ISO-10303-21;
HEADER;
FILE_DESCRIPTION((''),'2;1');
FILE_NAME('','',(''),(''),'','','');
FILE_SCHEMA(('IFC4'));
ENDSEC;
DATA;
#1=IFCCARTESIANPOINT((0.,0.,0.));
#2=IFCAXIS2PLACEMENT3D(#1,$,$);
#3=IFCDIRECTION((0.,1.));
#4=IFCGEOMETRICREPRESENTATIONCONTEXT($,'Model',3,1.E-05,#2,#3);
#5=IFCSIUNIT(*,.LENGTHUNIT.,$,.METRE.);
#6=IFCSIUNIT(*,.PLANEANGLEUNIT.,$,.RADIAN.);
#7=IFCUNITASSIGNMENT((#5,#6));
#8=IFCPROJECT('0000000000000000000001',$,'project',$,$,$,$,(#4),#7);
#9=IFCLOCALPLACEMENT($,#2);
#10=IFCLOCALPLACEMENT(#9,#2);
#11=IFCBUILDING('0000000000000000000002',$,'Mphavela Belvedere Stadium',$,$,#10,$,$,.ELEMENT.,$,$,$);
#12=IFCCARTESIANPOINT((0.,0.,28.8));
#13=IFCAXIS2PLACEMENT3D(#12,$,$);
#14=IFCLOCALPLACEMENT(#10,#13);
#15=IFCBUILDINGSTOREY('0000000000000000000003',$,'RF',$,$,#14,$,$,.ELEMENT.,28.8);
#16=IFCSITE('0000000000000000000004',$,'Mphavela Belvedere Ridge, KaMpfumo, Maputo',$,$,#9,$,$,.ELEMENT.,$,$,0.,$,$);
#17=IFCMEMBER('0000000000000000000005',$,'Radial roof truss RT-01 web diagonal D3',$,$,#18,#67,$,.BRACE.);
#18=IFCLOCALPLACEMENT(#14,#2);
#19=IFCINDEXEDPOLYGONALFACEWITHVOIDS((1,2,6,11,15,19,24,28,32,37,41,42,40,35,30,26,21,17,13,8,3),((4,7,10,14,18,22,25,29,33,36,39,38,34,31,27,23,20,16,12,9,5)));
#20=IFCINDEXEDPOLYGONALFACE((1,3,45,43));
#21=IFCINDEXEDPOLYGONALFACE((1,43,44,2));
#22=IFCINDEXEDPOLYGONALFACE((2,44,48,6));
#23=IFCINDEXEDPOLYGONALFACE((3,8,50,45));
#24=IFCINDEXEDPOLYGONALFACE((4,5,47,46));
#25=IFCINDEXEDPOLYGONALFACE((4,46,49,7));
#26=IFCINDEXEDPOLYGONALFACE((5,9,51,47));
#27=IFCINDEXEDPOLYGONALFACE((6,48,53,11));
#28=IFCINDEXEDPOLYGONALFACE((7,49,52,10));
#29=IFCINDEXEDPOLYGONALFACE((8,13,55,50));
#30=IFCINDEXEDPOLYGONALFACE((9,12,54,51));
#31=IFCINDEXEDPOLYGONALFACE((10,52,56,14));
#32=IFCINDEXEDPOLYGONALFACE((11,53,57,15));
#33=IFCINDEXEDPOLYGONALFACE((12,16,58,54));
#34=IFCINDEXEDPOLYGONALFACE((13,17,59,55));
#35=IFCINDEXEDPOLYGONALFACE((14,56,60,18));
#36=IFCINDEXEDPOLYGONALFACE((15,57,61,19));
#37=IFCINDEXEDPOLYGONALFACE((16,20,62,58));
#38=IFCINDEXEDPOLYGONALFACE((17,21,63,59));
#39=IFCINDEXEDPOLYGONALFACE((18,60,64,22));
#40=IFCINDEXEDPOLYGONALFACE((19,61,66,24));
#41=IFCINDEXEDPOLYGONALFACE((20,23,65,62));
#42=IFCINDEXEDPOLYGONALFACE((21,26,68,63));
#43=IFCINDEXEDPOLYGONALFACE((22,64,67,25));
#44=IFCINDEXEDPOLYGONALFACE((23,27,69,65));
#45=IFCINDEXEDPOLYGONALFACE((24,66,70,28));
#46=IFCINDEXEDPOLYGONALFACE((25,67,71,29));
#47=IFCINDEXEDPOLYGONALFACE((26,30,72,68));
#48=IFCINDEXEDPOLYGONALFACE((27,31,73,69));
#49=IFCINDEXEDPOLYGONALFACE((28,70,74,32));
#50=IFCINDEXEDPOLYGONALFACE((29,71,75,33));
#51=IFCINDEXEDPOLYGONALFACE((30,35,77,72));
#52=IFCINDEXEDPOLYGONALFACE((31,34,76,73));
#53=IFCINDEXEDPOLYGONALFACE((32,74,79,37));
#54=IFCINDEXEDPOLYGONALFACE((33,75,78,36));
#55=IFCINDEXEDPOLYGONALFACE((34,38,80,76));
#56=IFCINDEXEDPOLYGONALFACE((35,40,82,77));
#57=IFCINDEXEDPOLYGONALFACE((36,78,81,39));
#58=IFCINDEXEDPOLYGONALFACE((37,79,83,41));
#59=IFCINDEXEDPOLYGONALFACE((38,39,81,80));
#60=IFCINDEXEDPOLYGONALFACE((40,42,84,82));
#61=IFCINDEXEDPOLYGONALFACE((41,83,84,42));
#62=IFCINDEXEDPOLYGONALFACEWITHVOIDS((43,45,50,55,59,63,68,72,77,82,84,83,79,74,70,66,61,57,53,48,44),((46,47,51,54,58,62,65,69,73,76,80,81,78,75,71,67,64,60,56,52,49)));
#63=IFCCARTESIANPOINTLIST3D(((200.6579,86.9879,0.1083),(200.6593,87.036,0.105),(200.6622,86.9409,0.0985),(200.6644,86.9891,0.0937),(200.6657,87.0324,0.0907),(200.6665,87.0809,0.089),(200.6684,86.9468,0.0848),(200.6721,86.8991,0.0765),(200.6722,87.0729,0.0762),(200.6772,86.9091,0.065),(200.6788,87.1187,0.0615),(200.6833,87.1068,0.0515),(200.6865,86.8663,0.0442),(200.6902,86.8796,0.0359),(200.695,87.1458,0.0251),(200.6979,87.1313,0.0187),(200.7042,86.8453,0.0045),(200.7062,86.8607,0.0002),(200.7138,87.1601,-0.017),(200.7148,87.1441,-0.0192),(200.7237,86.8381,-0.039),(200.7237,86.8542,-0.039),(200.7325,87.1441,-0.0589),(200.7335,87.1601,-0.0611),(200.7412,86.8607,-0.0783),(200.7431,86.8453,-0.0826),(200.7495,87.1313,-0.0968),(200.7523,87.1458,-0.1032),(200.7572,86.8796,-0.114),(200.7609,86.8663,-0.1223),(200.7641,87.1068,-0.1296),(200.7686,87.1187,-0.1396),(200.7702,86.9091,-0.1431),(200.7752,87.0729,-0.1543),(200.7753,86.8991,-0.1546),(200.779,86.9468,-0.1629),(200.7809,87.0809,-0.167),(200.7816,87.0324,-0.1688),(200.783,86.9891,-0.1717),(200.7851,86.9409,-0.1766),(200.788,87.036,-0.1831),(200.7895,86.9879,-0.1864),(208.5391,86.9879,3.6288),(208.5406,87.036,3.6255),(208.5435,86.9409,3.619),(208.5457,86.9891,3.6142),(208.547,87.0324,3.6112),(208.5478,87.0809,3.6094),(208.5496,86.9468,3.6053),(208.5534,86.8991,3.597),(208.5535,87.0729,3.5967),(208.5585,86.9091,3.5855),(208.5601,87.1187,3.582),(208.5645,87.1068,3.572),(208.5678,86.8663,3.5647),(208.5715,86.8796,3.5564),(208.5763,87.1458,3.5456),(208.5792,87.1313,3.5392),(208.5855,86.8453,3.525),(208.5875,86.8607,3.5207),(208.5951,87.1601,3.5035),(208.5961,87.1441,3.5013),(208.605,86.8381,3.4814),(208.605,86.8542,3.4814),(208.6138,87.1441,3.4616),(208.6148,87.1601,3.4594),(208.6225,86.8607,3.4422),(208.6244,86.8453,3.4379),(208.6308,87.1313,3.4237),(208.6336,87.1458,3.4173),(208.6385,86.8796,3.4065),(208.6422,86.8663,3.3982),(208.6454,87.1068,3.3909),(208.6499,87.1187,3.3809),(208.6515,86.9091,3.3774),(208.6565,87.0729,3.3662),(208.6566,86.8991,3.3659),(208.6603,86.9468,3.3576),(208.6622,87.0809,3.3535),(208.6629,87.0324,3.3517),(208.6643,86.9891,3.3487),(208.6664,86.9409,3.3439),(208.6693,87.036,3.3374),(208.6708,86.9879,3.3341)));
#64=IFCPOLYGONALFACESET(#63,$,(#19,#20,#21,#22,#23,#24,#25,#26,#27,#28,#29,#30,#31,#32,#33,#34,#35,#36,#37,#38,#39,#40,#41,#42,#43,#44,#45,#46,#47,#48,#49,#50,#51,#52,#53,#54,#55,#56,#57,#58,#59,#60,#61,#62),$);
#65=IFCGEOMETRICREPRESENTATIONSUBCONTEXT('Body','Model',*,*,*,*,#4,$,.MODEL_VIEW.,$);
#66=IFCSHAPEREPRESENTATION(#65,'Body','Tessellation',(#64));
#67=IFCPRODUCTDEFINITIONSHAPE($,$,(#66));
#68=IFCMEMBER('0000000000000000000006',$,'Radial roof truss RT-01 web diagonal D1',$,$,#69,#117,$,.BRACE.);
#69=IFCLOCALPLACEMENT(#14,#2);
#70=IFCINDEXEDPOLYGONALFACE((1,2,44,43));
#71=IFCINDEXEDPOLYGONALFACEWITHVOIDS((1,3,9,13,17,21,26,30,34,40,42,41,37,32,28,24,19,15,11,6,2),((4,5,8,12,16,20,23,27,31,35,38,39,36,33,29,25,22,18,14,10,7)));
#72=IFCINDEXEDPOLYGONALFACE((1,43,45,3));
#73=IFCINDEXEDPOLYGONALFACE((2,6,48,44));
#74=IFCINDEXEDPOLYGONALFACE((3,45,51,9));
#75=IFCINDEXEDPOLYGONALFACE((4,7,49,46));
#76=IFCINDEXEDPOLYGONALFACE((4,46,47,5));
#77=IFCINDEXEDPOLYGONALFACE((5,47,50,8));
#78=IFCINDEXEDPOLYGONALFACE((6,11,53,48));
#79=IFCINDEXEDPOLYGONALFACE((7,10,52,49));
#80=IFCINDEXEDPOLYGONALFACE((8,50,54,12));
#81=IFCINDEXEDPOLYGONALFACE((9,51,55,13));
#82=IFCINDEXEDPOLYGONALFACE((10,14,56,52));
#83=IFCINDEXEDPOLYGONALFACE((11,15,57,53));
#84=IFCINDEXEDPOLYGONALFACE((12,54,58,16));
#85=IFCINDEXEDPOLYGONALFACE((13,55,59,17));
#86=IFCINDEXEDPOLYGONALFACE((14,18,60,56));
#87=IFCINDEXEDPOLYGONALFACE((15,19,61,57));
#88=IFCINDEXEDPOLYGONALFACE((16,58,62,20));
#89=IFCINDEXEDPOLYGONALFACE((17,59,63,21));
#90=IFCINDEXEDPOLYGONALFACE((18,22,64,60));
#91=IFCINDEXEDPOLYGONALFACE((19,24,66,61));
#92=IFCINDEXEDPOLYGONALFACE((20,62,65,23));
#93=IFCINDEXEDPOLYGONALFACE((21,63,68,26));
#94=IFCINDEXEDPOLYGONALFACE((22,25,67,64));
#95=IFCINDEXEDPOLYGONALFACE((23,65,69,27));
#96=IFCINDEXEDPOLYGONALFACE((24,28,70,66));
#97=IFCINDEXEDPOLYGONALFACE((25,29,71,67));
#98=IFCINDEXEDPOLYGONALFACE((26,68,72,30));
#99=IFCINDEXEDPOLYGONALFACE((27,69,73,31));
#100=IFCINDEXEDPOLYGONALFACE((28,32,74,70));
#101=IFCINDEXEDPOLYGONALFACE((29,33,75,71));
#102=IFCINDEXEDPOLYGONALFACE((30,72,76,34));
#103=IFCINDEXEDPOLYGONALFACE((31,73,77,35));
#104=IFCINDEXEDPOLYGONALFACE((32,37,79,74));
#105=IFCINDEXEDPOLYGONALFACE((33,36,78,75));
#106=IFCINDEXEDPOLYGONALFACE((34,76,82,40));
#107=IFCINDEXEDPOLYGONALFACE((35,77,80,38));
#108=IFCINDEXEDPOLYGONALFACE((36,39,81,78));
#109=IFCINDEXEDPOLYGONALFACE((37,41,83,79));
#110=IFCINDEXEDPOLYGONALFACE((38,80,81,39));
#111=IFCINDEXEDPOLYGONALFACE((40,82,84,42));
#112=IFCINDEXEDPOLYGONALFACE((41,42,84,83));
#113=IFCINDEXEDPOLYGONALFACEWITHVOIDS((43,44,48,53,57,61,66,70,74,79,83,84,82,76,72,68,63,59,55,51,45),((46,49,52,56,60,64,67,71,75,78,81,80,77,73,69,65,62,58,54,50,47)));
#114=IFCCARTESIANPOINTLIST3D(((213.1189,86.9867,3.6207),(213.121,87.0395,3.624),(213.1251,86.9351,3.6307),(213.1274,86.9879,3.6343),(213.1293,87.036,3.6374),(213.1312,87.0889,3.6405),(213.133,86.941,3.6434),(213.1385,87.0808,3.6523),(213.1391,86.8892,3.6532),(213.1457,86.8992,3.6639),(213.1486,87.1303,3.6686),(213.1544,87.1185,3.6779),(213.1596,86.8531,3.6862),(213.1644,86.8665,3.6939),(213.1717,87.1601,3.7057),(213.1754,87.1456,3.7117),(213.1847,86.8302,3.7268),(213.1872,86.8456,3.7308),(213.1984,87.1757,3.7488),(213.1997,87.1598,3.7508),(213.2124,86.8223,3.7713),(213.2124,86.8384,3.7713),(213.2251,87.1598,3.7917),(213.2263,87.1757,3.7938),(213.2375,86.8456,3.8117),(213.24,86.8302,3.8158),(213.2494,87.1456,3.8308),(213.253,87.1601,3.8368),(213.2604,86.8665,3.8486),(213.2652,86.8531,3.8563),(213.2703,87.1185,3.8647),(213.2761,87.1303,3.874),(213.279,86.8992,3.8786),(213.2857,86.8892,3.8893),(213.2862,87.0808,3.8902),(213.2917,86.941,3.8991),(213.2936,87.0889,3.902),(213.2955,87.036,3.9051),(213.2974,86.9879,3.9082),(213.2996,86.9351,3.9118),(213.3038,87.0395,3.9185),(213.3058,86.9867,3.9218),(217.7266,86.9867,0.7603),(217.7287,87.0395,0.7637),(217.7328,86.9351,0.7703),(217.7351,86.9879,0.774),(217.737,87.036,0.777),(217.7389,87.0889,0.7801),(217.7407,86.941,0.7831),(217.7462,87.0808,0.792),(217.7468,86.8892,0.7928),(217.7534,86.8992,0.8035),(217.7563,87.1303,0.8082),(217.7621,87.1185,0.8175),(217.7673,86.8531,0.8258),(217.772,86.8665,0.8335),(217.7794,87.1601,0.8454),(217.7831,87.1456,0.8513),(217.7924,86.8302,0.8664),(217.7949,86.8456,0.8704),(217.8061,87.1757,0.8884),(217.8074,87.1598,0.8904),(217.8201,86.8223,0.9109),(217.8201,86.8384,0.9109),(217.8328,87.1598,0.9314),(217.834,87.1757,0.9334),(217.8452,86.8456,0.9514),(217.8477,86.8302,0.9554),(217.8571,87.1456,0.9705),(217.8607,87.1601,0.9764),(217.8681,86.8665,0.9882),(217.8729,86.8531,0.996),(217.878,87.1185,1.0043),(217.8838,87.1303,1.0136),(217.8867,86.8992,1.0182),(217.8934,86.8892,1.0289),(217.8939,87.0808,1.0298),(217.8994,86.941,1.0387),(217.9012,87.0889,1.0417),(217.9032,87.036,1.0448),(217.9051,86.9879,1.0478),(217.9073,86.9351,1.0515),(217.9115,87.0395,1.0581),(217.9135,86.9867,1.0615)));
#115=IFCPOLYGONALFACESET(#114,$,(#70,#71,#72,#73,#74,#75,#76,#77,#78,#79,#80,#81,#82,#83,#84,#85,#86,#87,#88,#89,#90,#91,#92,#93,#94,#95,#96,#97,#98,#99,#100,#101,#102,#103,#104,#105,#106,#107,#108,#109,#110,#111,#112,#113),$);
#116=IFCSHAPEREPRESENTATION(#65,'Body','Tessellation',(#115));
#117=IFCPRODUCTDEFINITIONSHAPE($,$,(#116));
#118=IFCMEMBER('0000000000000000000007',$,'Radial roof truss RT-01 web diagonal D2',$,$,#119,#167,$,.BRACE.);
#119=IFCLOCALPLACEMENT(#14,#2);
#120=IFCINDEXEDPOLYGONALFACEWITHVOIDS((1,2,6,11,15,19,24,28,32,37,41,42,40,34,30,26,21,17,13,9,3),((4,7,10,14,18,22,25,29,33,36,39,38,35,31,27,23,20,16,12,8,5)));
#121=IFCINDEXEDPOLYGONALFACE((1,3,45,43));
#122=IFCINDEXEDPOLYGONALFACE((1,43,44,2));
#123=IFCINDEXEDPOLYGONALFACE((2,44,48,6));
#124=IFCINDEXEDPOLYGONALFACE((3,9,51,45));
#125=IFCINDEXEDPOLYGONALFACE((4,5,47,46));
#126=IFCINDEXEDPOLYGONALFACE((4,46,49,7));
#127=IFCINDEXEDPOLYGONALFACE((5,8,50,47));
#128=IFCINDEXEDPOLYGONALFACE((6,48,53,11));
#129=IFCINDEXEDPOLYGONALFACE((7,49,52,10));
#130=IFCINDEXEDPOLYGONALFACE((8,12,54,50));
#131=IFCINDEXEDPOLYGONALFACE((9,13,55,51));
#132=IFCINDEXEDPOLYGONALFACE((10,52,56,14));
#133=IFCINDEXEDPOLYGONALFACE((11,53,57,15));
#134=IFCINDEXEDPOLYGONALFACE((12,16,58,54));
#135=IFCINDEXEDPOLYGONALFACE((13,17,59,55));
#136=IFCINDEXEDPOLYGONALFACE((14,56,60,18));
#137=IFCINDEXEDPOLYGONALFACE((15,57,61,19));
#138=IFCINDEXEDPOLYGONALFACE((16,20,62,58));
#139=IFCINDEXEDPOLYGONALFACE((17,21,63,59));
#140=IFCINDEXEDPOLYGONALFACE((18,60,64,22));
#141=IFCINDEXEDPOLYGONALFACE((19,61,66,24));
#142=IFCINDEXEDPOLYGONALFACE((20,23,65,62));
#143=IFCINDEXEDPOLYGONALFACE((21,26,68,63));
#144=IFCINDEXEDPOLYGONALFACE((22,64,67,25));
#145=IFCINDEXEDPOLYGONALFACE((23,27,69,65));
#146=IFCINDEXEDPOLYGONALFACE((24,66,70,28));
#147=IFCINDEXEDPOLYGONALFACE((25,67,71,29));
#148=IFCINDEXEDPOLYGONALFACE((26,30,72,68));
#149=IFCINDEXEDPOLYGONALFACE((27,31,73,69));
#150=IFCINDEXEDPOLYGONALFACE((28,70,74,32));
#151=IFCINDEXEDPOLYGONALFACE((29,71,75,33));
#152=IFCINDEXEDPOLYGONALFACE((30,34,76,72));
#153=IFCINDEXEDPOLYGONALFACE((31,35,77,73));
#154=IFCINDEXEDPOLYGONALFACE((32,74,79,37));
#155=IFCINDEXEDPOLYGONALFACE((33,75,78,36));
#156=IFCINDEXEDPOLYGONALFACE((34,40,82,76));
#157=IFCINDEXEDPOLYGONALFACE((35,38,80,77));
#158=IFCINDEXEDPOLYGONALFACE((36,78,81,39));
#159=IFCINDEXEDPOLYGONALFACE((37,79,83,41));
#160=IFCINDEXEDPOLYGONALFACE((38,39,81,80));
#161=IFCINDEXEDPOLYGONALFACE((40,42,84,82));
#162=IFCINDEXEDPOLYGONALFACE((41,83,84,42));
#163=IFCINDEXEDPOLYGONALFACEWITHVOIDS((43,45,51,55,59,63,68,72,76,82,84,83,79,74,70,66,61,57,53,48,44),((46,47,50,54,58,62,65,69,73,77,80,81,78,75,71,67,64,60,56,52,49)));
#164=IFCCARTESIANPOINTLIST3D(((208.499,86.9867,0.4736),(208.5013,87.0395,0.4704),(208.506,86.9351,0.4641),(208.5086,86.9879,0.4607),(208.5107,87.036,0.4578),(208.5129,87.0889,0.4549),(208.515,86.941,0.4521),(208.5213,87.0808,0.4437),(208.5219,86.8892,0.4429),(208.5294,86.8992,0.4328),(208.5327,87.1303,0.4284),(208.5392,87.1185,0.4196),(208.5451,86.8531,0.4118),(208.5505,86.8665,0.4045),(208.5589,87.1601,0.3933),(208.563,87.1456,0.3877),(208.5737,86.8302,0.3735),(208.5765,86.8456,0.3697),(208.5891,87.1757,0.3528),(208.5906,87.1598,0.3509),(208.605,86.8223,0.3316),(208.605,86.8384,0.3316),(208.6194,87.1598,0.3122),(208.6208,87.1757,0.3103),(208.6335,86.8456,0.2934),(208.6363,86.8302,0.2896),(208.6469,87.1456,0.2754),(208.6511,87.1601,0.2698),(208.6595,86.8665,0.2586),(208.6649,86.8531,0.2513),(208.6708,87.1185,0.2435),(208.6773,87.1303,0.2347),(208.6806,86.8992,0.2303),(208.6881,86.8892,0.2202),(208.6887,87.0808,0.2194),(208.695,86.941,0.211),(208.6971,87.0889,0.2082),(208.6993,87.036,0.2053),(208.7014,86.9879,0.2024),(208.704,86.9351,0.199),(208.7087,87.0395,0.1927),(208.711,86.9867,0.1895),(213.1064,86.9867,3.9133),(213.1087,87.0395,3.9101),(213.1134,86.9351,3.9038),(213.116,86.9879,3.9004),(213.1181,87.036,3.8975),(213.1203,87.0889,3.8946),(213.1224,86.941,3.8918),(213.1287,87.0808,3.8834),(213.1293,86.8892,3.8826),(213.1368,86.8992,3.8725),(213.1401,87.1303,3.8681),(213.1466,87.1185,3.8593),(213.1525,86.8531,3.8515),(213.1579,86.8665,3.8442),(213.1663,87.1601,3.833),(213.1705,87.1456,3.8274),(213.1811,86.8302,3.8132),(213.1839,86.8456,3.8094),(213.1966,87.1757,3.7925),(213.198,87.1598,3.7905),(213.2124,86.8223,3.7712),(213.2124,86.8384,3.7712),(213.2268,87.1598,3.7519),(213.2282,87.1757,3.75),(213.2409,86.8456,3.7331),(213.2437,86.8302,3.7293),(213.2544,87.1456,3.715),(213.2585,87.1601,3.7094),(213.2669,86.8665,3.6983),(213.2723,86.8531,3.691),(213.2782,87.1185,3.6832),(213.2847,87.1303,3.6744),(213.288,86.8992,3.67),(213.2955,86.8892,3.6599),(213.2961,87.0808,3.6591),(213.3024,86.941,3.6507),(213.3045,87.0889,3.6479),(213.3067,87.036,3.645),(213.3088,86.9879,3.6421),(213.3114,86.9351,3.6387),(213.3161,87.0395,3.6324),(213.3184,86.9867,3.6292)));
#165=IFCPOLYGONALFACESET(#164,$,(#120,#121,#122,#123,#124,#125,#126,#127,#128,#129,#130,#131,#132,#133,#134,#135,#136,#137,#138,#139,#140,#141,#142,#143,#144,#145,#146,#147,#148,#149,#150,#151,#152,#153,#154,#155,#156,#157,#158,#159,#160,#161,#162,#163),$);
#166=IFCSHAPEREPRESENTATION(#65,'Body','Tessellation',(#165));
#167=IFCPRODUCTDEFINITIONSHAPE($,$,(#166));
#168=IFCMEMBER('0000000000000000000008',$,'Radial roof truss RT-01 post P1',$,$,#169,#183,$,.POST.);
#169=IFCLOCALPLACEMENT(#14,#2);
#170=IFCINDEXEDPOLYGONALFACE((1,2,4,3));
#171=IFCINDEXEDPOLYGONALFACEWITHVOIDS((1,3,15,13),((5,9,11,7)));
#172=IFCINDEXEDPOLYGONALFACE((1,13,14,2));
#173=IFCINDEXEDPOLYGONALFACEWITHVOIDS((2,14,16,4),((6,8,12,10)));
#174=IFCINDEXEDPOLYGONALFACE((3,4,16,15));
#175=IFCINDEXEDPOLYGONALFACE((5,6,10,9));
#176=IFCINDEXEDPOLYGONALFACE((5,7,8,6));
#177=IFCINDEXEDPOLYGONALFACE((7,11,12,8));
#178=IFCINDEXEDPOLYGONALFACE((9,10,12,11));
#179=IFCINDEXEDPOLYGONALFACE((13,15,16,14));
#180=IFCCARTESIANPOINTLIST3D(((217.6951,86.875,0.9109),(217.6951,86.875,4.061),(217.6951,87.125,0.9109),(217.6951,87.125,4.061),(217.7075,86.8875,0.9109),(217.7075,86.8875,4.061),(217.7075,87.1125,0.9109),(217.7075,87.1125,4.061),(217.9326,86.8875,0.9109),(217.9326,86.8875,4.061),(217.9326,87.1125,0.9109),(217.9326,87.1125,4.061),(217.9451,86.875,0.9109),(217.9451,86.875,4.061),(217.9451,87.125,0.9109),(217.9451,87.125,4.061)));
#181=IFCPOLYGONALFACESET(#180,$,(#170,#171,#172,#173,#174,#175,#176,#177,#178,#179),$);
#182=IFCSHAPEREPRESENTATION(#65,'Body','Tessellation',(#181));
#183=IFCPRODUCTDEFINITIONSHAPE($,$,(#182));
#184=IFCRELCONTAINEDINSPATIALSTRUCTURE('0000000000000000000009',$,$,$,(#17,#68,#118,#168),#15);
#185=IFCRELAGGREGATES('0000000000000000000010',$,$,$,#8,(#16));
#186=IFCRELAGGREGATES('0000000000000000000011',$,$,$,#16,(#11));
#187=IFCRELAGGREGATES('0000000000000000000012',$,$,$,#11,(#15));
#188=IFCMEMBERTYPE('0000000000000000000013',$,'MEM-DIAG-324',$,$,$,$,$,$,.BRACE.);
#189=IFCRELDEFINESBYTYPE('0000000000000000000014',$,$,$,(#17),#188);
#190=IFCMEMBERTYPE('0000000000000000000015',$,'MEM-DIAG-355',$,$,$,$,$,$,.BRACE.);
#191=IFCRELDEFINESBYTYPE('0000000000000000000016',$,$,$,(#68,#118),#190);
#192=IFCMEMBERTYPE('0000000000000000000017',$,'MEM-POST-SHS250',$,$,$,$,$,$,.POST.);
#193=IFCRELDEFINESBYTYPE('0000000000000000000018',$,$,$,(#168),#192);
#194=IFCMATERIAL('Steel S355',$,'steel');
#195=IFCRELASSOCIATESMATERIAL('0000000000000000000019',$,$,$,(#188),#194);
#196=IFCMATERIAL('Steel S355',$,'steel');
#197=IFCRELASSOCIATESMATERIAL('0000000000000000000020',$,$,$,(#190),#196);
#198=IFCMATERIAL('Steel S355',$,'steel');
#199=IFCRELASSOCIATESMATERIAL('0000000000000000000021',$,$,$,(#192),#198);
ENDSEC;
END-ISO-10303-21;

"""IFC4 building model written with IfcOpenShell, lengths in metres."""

from ifc_helpers import new_model, si_unit, direction, frame, origin, origin_2d, place, context, subcontext, project, spatial, hollow_rectangle, hollow_circle, extrude, material, material_profile, profile_set, type_object, element, save


model = new_model("IFC4")

# Units and contexts
model_context = context("Model", 3, precision=1e-05, world=origin(), true_north=direction((0.0, 1.0)))
body_context = subcontext(model_context, "Body", "Model", "MODEL_VIEW")
ifc_project = project(units=[si_unit("LENGTHUNIT", "METRE"), si_unit("PLANEANGLEUNIT", "RADIAN")], contexts=[model_context])

# Site, building, storey
site_placement = place(None, origin())
site = spatial("IfcSite", under=ifc_project, at=site_placement, Name="Mphavela Belvedere Ridge, KaMpfumo, Maputo", CompositionType="ELEMENT", RefElevation=0.0)
building_placement = place(site_placement, origin())
building = spatial("IfcBuilding", under=site, at=building_placement, Name="Mphavela Belvedere Stadium", CompositionType="ELEMENT")
storey_placement = place(building_placement, frame((0.0, 0.0, 28.8)))
storey = spatial("IfcBuildingStorey", under=building, at=storey_placement, Name="RF", CompositionType="ELEMENT", Elevation=28.8)

# Members
ifc_material_1 = material(Name="Steel S355", Category="steel")
ifc_material_profile_1 = material_profile(ifc_material_1, hollow_circle(Radius=0.1619, WallThickness=0.0161, at=origin_2d()), Name="CHS 323.9x16")
ifc_profile_set_1 = profile_set([ifc_material_profile_1], Name="Steel S355")
member_type_1 = type_object("IfcMemberType", Name="MEM-DIAG-324", PredefinedType="BRACE", material=ifc_profile_set_1)
member_1_placement = place(storey_placement, frame((208.605, 87.0, 3.4814), z_axis=(-0.913049, 0.0, -0.407849), x_axis=(0.0, -1.0, 0.0)))
element("IfcMember", 1, at=member_1_placement, inside=storey, type_object=member_type_1, Name="Radial roof truss RT-01 web diagonal D3", PredefinedType="BRACE", context=body_context, shape_type="SweptSolid", body=[
    extrude(hollow_circle(Radius=0.1619, WallThickness=0.0161, at=origin_2d()), origin(), (0.0, 0.0, 1.0), 8.6318),
])
ifc_material_2 = material(Name="Steel S355", Category="steel")
ifc_material_profile_2 = material_profile(ifc_material_2, hollow_circle(Radius=0.1777, WallThickness=0.0161, at=origin_2d()), Name="CHS 355.6x16")
ifc_profile_set_2 = profile_set([ifc_material_profile_2], Name="Steel S355")
member_type_2 = type_object("IfcMemberType", Name="MEM-DIAG-355", PredefinedType="BRACE", material=ifc_profile_set_2)
member_2_placement = place(storey_placement, frame((217.8201, 87.0, 0.9109), z_axis=(-0.849605, 0.0, 0.527419), x_axis=(0.0, -1.0, 0.0)))
element("IfcMember", 2, at=member_2_placement, inside=storey, type_object=member_type_2, Name="Radial roof truss RT-01 web diagonal D1", PredefinedType="BRACE", context=body_context, shape_type="SweptSolid", body=[
    extrude(hollow_circle(Radius=0.1777, WallThickness=0.0161, at=origin_2d()), origin(), (0.0, 0.0, 1.0), 5.4233),
])
member_3_placement = place(storey_placement, frame((213.2124, 87.0, 3.7712), z_axis=(-0.801323, 0.0, -0.598232), x_axis=(0.0, -1.0, 0.0)))
element("IfcMember", 3, at=member_3_placement, inside=storey, type_object=member_type_2, Name="Radial roof truss RT-01 web diagonal D2", PredefinedType="BRACE", context=body_context, shape_type="SweptSolid", body=[
    extrude(hollow_circle(Radius=0.1777, WallThickness=0.0161, at=origin_2d()), origin(), (0.0, 0.0, 1.0), 5.7498),
])
ifc_material_3 = material(Name="Steel S355", Category="steel")
ifc_material_profile_3 = material_profile(ifc_material_3, hollow_rectangle(XDim=0.25, YDim=0.25, WallThickness=0.0125, at=origin_2d()), Name="SHS 250x250x12.5")
ifc_profile_set_3 = profile_set([ifc_material_profile_3], Name="Steel S355")
member_type_3 = type_object("IfcMemberType", Name="MEM-POST-SHS250", PredefinedType="POST", material=ifc_profile_set_3)
member_4_placement = place(storey_placement, frame((217.8201, 87.0, 0.9109), z_axis=(0.0, 0.0, 1.0), x_axis=(1.0, 0.0, 0.0)))
element("IfcMember", 4, at=member_4_placement, inside=storey, type_object=member_type_3, Name="Radial roof truss RT-01 post P1", PredefinedType="POST", context=body_context, shape_type="SweptSolid", body=[
    extrude(hollow_rectangle(XDim=0.25, YDim=0.25, WallThickness=0.0125, at=origin_2d()), origin(), (0.0, 0.0, 1.0), 3.1501),
])

save(model, "model.ifc")
